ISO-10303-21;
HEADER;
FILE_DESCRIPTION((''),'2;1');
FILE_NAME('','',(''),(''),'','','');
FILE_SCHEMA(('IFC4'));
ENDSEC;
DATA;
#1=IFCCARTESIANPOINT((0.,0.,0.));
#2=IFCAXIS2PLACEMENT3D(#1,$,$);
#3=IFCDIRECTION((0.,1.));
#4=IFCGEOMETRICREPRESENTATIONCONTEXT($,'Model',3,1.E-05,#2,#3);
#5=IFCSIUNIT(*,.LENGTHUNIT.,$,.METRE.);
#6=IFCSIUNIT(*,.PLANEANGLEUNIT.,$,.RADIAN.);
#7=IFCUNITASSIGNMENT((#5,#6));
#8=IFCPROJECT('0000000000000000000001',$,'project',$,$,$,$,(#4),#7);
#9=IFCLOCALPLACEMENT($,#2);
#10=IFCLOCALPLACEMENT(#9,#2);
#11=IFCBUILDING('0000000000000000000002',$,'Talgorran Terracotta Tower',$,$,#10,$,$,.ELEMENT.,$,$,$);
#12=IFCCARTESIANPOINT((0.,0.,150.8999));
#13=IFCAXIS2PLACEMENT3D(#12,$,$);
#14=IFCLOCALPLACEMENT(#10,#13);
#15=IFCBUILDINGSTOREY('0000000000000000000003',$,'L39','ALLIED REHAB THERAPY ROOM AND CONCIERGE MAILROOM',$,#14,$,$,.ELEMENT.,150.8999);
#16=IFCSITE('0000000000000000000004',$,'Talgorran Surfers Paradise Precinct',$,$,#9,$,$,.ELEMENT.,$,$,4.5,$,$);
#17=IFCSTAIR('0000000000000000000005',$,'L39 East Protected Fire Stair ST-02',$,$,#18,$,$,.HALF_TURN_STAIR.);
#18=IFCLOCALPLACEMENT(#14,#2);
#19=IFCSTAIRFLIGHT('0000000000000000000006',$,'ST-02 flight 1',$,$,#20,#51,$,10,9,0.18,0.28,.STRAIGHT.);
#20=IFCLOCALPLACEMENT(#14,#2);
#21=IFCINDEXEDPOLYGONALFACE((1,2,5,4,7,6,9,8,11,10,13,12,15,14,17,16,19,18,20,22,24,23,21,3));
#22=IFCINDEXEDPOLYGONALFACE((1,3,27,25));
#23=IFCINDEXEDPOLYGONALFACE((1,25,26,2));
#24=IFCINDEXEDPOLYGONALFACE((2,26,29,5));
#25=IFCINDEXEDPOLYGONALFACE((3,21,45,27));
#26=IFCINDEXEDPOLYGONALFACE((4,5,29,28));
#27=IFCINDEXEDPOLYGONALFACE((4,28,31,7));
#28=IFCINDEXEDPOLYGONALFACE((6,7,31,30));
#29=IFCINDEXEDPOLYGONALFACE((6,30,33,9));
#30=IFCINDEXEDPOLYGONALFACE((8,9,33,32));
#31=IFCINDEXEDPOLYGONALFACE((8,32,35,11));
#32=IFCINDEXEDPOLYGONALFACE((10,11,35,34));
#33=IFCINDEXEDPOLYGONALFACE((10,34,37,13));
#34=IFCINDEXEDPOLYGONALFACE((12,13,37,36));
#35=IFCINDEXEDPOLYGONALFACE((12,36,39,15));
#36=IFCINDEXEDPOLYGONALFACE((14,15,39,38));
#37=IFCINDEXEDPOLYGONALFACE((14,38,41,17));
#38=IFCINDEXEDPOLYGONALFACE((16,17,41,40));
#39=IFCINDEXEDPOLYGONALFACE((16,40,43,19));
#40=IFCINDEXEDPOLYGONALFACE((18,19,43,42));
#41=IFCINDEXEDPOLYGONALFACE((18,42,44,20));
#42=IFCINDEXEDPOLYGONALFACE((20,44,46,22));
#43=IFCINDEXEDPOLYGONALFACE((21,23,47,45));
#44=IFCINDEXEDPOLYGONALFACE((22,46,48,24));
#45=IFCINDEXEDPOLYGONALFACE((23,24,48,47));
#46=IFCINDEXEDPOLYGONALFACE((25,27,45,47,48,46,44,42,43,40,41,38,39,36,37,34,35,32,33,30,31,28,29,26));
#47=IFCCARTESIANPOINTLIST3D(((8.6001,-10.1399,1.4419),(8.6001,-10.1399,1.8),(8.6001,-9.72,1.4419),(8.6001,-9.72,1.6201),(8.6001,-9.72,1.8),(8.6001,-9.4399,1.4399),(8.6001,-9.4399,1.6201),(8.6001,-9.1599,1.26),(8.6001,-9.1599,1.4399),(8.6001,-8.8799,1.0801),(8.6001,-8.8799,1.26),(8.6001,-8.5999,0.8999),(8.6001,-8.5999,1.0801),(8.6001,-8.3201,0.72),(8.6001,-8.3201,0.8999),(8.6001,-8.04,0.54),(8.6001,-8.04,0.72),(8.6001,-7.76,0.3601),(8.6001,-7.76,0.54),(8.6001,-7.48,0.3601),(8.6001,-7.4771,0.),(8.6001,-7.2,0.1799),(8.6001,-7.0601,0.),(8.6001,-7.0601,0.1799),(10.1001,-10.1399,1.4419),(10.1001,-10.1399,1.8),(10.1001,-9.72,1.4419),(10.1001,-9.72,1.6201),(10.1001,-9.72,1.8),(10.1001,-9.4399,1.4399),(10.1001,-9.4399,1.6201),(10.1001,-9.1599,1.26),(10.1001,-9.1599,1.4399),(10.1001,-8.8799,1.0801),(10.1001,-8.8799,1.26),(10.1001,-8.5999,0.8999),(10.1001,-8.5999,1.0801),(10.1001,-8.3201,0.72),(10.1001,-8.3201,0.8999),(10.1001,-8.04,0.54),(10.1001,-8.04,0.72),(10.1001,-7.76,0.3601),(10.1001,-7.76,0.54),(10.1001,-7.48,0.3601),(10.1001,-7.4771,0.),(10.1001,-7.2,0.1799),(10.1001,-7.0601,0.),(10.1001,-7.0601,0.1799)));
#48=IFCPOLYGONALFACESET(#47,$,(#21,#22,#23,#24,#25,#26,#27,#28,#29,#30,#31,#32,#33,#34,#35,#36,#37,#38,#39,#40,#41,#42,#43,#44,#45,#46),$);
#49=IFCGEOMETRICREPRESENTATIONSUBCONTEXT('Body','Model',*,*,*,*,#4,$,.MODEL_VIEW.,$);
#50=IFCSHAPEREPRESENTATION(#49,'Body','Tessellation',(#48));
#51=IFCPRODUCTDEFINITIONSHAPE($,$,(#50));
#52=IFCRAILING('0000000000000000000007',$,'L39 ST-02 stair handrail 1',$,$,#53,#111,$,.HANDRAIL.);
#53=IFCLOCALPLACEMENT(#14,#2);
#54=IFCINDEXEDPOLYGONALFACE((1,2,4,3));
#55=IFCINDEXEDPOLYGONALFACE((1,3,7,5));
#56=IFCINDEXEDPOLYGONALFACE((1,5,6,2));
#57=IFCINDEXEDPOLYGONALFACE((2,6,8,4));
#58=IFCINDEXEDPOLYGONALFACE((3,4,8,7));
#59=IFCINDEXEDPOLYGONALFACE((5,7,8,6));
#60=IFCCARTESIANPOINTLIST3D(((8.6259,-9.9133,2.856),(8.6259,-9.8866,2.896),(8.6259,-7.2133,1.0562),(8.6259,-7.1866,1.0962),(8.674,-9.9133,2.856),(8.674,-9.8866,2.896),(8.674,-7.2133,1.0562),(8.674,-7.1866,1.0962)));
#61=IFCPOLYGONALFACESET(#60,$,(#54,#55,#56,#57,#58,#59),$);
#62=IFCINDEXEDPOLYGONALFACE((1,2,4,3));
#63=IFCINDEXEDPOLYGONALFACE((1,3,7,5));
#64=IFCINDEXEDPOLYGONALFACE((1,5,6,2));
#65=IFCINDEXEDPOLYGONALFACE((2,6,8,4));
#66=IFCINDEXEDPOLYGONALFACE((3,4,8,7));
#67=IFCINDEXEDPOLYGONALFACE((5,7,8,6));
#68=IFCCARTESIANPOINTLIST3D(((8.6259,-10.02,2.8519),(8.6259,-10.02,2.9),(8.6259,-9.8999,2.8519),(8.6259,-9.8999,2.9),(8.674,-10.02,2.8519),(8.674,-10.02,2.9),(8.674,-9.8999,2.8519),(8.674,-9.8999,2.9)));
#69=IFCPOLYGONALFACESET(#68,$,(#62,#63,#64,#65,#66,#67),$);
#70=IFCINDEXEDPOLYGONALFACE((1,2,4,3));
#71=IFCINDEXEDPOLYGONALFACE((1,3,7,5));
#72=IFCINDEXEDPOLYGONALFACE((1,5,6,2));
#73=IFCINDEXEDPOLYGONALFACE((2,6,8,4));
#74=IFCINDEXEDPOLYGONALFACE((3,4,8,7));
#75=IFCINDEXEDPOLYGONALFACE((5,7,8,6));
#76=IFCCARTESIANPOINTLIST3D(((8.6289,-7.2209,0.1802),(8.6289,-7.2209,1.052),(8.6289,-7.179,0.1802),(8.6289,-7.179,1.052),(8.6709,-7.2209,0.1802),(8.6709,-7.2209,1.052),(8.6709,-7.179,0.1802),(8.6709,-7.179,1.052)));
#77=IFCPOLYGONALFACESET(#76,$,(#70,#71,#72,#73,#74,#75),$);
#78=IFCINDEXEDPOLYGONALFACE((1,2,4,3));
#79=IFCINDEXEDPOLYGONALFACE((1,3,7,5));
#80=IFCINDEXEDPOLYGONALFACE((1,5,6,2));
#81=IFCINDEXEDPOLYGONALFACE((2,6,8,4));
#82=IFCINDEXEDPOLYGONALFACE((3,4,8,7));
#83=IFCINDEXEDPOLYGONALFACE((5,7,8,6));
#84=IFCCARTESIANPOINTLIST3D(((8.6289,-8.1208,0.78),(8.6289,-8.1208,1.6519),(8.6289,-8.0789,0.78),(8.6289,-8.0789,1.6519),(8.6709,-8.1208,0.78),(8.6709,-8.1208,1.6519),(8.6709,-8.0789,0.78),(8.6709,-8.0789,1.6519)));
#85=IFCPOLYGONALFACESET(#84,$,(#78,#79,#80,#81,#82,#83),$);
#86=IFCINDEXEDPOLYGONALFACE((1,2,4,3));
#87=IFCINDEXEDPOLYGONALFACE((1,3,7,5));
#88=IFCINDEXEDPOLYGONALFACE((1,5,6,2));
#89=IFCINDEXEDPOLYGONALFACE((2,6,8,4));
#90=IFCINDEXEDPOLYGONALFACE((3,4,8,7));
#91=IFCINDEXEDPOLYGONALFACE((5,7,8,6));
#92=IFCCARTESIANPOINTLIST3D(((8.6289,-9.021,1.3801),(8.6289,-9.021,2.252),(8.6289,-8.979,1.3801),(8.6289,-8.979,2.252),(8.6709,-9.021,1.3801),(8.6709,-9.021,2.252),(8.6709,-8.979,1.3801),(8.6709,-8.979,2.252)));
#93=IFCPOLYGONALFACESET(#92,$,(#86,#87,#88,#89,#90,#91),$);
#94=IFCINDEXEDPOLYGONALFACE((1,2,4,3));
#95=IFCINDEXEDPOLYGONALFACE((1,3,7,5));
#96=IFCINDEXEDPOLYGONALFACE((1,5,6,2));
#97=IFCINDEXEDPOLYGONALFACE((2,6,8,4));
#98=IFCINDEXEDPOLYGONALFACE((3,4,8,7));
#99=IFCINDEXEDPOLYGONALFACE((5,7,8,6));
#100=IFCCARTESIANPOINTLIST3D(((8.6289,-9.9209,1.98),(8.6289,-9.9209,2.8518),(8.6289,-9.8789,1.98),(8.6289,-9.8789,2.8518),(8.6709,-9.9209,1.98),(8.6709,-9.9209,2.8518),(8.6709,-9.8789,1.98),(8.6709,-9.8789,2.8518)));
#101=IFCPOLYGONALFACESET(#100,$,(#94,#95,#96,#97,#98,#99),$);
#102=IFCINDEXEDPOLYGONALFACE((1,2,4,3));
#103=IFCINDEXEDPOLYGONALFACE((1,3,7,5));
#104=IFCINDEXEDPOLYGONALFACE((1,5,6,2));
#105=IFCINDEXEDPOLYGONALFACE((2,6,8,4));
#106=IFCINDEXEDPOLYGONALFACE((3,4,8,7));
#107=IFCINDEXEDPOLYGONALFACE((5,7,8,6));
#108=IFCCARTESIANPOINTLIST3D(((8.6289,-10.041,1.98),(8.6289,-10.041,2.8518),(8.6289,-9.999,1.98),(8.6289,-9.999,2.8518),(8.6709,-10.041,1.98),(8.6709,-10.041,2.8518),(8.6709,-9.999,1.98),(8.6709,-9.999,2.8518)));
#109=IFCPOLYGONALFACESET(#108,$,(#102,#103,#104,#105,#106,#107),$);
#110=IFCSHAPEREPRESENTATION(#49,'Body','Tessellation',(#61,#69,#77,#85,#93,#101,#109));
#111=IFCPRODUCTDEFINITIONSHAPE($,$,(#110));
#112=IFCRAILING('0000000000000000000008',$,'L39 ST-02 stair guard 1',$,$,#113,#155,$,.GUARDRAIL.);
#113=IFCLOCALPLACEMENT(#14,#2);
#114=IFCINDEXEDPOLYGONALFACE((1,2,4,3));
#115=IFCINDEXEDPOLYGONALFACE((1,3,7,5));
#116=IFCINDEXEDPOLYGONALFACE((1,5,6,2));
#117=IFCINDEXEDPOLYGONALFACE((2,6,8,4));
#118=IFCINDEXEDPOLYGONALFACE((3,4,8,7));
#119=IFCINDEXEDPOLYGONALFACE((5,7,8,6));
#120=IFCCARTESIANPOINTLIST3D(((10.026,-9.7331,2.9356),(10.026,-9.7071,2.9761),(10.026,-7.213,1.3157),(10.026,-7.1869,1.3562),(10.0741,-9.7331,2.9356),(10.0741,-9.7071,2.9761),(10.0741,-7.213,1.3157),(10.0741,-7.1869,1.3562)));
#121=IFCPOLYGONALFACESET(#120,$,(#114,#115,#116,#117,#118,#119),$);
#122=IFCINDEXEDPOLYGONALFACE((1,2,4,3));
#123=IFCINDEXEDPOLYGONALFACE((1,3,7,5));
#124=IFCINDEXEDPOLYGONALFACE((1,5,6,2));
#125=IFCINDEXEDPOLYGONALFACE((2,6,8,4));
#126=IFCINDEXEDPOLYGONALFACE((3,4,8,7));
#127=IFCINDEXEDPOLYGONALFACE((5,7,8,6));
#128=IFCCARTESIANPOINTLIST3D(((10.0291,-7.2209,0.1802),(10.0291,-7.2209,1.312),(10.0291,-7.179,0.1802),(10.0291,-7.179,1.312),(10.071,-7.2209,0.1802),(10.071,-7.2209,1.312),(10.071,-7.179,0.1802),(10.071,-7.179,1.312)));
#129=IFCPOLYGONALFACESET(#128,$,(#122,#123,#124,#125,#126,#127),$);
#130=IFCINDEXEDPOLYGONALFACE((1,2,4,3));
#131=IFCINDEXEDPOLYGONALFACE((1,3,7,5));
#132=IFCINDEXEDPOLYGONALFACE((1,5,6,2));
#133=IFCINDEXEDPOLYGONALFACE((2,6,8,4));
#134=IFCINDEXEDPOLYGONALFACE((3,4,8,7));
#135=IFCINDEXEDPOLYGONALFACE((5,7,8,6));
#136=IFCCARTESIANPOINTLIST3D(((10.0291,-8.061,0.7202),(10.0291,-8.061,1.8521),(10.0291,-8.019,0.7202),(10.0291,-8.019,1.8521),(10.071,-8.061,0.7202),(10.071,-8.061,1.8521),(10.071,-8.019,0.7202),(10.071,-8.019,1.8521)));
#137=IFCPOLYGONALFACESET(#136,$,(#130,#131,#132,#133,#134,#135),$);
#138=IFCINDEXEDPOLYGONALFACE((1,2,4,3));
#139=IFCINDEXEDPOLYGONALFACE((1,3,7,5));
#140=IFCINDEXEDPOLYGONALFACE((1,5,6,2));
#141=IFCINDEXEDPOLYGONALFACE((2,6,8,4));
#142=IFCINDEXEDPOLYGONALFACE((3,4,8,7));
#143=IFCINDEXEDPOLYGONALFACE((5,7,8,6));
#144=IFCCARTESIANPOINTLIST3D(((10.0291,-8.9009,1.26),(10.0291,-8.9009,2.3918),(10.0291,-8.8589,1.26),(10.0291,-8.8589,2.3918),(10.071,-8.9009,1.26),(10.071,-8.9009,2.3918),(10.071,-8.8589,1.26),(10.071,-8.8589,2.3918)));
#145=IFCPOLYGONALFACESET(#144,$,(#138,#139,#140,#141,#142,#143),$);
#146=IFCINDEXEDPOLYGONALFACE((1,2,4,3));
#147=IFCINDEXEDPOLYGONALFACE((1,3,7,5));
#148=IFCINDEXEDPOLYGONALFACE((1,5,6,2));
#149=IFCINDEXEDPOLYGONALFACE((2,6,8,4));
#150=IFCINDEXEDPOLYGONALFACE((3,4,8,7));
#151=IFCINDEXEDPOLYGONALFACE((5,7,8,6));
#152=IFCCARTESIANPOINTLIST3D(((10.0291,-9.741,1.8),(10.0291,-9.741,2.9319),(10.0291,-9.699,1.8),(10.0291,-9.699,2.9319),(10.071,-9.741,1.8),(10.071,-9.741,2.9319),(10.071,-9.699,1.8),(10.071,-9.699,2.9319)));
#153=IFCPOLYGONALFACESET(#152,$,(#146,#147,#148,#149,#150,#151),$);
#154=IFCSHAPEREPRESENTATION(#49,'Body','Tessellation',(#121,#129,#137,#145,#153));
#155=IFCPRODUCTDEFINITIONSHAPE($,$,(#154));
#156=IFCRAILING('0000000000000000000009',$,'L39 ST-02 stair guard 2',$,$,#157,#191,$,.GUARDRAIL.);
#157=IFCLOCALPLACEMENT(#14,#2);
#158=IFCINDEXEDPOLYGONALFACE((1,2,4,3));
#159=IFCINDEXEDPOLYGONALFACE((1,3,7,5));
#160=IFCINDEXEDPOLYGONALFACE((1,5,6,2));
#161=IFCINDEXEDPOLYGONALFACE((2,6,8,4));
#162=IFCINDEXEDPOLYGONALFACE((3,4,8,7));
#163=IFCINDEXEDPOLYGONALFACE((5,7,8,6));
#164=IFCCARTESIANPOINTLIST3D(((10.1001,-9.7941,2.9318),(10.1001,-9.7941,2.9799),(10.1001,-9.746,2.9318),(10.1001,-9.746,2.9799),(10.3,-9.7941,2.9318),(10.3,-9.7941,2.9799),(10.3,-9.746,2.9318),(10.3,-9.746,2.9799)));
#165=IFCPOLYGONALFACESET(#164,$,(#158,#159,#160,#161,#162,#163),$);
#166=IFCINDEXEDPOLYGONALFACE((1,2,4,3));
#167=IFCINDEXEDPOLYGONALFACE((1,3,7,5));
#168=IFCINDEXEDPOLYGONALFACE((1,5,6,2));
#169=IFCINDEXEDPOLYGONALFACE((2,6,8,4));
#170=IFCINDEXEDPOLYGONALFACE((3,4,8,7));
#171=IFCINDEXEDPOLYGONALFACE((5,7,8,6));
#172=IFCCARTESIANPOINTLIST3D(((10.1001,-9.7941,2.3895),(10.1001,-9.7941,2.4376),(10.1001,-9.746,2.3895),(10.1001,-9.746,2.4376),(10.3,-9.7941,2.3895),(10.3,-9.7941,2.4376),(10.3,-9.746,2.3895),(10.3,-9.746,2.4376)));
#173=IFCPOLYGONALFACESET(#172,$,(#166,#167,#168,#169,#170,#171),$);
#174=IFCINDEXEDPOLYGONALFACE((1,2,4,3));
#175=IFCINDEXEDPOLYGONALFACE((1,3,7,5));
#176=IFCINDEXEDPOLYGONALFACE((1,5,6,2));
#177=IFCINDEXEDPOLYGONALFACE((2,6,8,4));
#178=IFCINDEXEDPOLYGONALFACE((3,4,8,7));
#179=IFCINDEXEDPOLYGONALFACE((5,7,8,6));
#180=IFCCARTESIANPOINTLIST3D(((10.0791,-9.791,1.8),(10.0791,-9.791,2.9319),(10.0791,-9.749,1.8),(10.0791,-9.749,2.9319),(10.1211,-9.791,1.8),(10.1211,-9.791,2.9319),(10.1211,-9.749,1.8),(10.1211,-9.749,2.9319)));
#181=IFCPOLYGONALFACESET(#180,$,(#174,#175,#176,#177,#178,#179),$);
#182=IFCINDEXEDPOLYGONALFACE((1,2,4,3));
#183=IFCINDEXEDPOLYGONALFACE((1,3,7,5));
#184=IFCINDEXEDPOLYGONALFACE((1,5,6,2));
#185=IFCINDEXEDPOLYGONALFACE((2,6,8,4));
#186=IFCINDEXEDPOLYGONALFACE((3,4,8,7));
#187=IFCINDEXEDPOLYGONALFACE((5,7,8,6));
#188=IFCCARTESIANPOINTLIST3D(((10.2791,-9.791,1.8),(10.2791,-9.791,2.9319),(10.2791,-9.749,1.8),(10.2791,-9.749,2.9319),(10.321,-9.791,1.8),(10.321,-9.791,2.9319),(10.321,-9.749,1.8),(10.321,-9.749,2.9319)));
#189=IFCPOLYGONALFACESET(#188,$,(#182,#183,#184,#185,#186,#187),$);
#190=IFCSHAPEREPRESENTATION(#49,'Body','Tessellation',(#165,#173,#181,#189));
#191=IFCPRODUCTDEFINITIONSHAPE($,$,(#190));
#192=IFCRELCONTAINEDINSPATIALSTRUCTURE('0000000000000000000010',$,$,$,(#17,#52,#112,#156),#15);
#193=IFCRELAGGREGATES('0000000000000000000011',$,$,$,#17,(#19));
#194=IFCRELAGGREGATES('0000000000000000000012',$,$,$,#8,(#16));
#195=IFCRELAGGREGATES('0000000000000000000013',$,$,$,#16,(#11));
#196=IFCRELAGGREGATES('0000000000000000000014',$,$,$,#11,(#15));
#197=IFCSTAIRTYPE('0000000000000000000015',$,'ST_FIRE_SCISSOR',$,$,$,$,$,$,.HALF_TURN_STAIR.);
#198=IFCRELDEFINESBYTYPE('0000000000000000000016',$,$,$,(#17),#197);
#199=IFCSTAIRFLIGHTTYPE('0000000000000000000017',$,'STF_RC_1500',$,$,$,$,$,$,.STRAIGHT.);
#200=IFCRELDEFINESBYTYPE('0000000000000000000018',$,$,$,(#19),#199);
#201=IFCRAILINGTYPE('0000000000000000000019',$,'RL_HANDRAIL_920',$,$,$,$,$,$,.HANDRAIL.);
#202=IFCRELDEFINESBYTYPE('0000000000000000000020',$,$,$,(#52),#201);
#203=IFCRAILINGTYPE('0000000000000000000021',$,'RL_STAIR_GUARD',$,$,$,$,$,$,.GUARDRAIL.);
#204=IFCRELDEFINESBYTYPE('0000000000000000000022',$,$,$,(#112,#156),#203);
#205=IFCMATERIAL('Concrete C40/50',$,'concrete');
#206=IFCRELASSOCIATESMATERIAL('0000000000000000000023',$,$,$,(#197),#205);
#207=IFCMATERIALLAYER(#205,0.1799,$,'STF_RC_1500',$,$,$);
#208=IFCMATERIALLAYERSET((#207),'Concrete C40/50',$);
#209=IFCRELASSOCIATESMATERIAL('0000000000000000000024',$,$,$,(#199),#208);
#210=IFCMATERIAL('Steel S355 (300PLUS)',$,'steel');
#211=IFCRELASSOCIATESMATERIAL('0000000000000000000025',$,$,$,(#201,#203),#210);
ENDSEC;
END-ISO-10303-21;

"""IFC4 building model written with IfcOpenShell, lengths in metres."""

from ifc_helpers import new_model, si_unit, direction, frame, origin, origin_2d, place, context, subcontext, project, spatial, polyline, rectangle, outline, extrude, material, layer, layer_set, type_object, element, aggregate, save


model = new_model("IFC4")

# Units and contexts
model_context = context("Model", 3, precision=1e-05, world=origin(), true_north=direction((0.0, 1.0)))
body_context = subcontext(model_context, "Body", "Model", "MODEL_VIEW")
ifc_project = project(units=[si_unit("LENGTHUNIT", "METRE"), si_unit("PLANEANGLEUNIT", "RADIAN")], contexts=[model_context])

# Site, building, storey
site_placement = place(None, origin())
site = spatial("IfcSite", under=ifc_project, at=site_placement, Name="Talgorran Surfers Paradise Precinct", CompositionType="ELEMENT", RefElevation=4.5)
building_placement = place(site_placement, origin())
building = spatial("IfcBuilding", under=site, at=building_placement, Name="Talgorran Terracotta Tower", CompositionType="ELEMENT")
storey_placement = place(building_placement, frame((0.0, 0.0, 150.8999)))
storey = spatial("IfcBuildingStorey", under=building, at=storey_placement, Name="L39", Description="ALLIED REHAB THERAPY ROOM AND CONCIERGE MAILROOM", CompositionType="ELEMENT", Elevation=150.8999)

# Shared definitions
ifc_material_1 = material(Name="Steel S355 (300PLUS)", Category="steel")

# Stair, stair flight
ifc_material_2 = material(Name="Concrete C40/50", Category="concrete")
stair_type = type_object("IfcStairType", Name="ST_FIRE_SCISSOR", PredefinedType="HALF_TURN_STAIR", material=ifc_material_2)
stair_placement = place(storey_placement, origin())
stair = element("IfcStair", 1, at=stair_placement, inside=storey, type_object=stair_type, Name="L39 East Protected Fire Stair ST-02", PredefinedType="HALF_TURN_STAIR")
ifc_layer_1 = layer(ifc_material_2, 0.1799, Name="STF_RC_1500")
ifc_layer_set_1 = layer_set([ifc_layer_1], Name="Concrete C40/50")
stair_flight_type = type_object("IfcStairFlightType", Name="STF_RC_1500", PredefinedType="STRAIGHT", material=ifc_layer_set_1)
stair_flight_placement = place(storey_placement, frame((9.3501, -7.2, 0.0), z_axis=(0.0, 0.0, 1.0), x_axis=(0.0, -1.0, 0.0)))
stair_flight = element("IfcStairFlight", 2, at=stair_flight_placement, type_object=stair_flight_type, Name="ST-02 flight 1", NumberOfRisers=10, NumberOfTreads=9, PredefinedType="STRAIGHT", RiserHeight=0.18, TreadLength=0.28, context=body_context, shape_type="SweptSolid", body=[
    extrude(outline(polyline([(-0.1399, 0.0), (-0.1399, 0.1799), (0.0, 0.1799), (0.28, 0.3601), (0.5601, 0.3601), (0.5601, 0.54), (0.8401, 0.54), (0.8401, 0.72), (1.1201, 0.72), (1.1201, 0.8999), (1.3999, 0.8999), (1.3999, 1.0801), (1.6799, 1.0801), (1.6799, 1.26), (1.96, 1.26), (1.96, 1.4399), (2.24, 1.4399), (2.24, 1.6201), (2.52, 1.6201), (2.52, 1.8), (2.9399, 1.8), (2.9399, 1.4419), (2.52, 1.4419), (0.2771, 0.0), (-0.1399, 0.0)])), frame((0.0, 0.75, 0.0), z_axis=(0.0, -1.0, 0.0), x_axis=(1.0, 0.0, 0.0)), (0.0, 0.0, 1.0), 1.5),
])
aggregate(stair, [stair_flight])

# Railings
railing_type_1 = type_object("IfcRailingType", Name="RL_HANDRAIL_920", PredefinedType="HANDRAIL", material=ifc_material_1)
railing_1_placement = place(storey_placement, frame((8.6499, -7.2, 0.1802)))
element("IfcRailing", 3, at=railing_1_placement, inside=storey, type_object=railing_type_1, Name="L39 ST-02 stair handrail 1", PredefinedType="HANDRAIL", context=body_context, shape_type="SweptSolid", body=[
    extrude(rectangle(XDim=0.0481, YDim=0.0481, at=origin_2d()), frame((0.0, 0.0, 0.896), z_axis=(0.0, -0.832073, 0.554665), x_axis=(1.0, 0.0, 0.0)), (0.0, 0.0, 1.0), 3.2449),
    extrude(rectangle(XDim=0.0481, YDim=0.0481, at=origin_2d()), frame((0.0, -2.7, 2.6958), z_axis=(0.0, -1.0, 0.0), x_axis=(1.0, 0.0, 0.0)), (0.0, 0.0, 1.0), 0.1201),
    extrude(rectangle(XDim=0.042, YDim=0.042, at=origin_2d()), origin(), (0.0, 0.0, 1.0), 0.8718),
    extrude(rectangle(XDim=0.042, YDim=0.042, at=origin_2d()), frame((0.0, -0.8999, 0.5999)), (0.0, 0.0, 1.0), 0.8718),
    extrude(rectangle(XDim=0.042, YDim=0.042, at=origin_2d()), frame((0.0, -1.8, 1.2)), (0.0, 0.0, 1.0), 0.8718),
    extrude(rectangle(XDim=0.042, YDim=0.042, at=origin_2d()), frame((0.0, -2.7, 1.7998)), (0.0, 0.0, 1.0), 0.8718),
    extrude(rectangle(XDim=0.042, YDim=0.042, at=origin_2d()), frame((0.0, -2.8201, 1.7998)), (0.0, 0.0, 1.0), 0.8718),
])
railing_type_2 = type_object("IfcRailingType", Name="RL_STAIR_GUARD", PredefinedType="GUARDRAIL", material=ifc_material_1)
railing_2_placement = place(storey_placement, frame((10.05, -7.2, 0.1802)))
element("IfcRailing", 4, at=railing_2_placement, inside=storey, type_object=railing_type_2, Name="L39 ST-02 stair guard 1", PredefinedType="GUARDRAIL", context=body_context, shape_type="SweptSolid", body=[
    extrude(rectangle(XDim=0.0481, YDim=0.0481, at=origin_2d()), frame((0.0, 0.0, 1.1558), z_axis=(0.0, -0.8412, 0.540725), x_axis=(1.0, 0.0, 0.0)), (0.0, 0.0, 1.0), 2.9958),
    extrude(rectangle(XDim=0.042, YDim=0.042, at=origin_2d()), origin(), (0.0, 0.0, 1.0), 1.1318),
    extrude(rectangle(XDim=0.042, YDim=0.042, at=origin_2d()), frame((0.0, -0.8401, 0.54)), (0.0, 0.0, 1.0), 1.1318),
    extrude(rectangle(XDim=0.042, YDim=0.042, at=origin_2d()), frame((0.0, -1.6799, 1.0798)), (0.0, 0.0, 1.0), 1.1318),
    extrude(rectangle(XDim=0.042, YDim=0.042, at=origin_2d()), frame((0.0, -2.52, 1.6199)), (0.0, 0.0, 1.0), 1.1318),
])
railing_3_placement = place(storey_placement, frame((10.1001, -9.77, 1.8)))
element("IfcRailing", 5, at=railing_3_placement, inside=storey, type_object=railing_type_2, Name="L39 ST-02 stair guard 2", PredefinedType="GUARDRAIL", context=body_context, shape_type="SweptSolid", body=[
    extrude(rectangle(XDim=0.0481, YDim=0.0481, at=origin_2d()), frame((0.0, 0.0, 1.1558), z_axis=(1.0, 0.0, 0.0), x_axis=(0.0, 1.0, 0.0)), (0.0, 0.0, 1.0), 0.2),
    extrude(rectangle(XDim=0.0481, YDim=0.0481, at=origin_2d()), frame((0.0, 0.0, 0.6135), z_axis=(1.0, 0.0, 0.0), x_axis=(0.0, 1.0, 0.0)), (0.0, 0.0, 1.0), 0.2),
    extrude(rectangle(XDim=0.042, YDim=0.042, at=origin_2d()), origin(), (0.0, 0.0, 1.0), 1.1318),
    extrude(rectangle(XDim=0.042, YDim=0.042, at=origin_2d()), frame((0.2, 0.0, 0.0)), (0.0, 0.0, 1.0), 1.1318),
])

save(model, "model.ifc")
